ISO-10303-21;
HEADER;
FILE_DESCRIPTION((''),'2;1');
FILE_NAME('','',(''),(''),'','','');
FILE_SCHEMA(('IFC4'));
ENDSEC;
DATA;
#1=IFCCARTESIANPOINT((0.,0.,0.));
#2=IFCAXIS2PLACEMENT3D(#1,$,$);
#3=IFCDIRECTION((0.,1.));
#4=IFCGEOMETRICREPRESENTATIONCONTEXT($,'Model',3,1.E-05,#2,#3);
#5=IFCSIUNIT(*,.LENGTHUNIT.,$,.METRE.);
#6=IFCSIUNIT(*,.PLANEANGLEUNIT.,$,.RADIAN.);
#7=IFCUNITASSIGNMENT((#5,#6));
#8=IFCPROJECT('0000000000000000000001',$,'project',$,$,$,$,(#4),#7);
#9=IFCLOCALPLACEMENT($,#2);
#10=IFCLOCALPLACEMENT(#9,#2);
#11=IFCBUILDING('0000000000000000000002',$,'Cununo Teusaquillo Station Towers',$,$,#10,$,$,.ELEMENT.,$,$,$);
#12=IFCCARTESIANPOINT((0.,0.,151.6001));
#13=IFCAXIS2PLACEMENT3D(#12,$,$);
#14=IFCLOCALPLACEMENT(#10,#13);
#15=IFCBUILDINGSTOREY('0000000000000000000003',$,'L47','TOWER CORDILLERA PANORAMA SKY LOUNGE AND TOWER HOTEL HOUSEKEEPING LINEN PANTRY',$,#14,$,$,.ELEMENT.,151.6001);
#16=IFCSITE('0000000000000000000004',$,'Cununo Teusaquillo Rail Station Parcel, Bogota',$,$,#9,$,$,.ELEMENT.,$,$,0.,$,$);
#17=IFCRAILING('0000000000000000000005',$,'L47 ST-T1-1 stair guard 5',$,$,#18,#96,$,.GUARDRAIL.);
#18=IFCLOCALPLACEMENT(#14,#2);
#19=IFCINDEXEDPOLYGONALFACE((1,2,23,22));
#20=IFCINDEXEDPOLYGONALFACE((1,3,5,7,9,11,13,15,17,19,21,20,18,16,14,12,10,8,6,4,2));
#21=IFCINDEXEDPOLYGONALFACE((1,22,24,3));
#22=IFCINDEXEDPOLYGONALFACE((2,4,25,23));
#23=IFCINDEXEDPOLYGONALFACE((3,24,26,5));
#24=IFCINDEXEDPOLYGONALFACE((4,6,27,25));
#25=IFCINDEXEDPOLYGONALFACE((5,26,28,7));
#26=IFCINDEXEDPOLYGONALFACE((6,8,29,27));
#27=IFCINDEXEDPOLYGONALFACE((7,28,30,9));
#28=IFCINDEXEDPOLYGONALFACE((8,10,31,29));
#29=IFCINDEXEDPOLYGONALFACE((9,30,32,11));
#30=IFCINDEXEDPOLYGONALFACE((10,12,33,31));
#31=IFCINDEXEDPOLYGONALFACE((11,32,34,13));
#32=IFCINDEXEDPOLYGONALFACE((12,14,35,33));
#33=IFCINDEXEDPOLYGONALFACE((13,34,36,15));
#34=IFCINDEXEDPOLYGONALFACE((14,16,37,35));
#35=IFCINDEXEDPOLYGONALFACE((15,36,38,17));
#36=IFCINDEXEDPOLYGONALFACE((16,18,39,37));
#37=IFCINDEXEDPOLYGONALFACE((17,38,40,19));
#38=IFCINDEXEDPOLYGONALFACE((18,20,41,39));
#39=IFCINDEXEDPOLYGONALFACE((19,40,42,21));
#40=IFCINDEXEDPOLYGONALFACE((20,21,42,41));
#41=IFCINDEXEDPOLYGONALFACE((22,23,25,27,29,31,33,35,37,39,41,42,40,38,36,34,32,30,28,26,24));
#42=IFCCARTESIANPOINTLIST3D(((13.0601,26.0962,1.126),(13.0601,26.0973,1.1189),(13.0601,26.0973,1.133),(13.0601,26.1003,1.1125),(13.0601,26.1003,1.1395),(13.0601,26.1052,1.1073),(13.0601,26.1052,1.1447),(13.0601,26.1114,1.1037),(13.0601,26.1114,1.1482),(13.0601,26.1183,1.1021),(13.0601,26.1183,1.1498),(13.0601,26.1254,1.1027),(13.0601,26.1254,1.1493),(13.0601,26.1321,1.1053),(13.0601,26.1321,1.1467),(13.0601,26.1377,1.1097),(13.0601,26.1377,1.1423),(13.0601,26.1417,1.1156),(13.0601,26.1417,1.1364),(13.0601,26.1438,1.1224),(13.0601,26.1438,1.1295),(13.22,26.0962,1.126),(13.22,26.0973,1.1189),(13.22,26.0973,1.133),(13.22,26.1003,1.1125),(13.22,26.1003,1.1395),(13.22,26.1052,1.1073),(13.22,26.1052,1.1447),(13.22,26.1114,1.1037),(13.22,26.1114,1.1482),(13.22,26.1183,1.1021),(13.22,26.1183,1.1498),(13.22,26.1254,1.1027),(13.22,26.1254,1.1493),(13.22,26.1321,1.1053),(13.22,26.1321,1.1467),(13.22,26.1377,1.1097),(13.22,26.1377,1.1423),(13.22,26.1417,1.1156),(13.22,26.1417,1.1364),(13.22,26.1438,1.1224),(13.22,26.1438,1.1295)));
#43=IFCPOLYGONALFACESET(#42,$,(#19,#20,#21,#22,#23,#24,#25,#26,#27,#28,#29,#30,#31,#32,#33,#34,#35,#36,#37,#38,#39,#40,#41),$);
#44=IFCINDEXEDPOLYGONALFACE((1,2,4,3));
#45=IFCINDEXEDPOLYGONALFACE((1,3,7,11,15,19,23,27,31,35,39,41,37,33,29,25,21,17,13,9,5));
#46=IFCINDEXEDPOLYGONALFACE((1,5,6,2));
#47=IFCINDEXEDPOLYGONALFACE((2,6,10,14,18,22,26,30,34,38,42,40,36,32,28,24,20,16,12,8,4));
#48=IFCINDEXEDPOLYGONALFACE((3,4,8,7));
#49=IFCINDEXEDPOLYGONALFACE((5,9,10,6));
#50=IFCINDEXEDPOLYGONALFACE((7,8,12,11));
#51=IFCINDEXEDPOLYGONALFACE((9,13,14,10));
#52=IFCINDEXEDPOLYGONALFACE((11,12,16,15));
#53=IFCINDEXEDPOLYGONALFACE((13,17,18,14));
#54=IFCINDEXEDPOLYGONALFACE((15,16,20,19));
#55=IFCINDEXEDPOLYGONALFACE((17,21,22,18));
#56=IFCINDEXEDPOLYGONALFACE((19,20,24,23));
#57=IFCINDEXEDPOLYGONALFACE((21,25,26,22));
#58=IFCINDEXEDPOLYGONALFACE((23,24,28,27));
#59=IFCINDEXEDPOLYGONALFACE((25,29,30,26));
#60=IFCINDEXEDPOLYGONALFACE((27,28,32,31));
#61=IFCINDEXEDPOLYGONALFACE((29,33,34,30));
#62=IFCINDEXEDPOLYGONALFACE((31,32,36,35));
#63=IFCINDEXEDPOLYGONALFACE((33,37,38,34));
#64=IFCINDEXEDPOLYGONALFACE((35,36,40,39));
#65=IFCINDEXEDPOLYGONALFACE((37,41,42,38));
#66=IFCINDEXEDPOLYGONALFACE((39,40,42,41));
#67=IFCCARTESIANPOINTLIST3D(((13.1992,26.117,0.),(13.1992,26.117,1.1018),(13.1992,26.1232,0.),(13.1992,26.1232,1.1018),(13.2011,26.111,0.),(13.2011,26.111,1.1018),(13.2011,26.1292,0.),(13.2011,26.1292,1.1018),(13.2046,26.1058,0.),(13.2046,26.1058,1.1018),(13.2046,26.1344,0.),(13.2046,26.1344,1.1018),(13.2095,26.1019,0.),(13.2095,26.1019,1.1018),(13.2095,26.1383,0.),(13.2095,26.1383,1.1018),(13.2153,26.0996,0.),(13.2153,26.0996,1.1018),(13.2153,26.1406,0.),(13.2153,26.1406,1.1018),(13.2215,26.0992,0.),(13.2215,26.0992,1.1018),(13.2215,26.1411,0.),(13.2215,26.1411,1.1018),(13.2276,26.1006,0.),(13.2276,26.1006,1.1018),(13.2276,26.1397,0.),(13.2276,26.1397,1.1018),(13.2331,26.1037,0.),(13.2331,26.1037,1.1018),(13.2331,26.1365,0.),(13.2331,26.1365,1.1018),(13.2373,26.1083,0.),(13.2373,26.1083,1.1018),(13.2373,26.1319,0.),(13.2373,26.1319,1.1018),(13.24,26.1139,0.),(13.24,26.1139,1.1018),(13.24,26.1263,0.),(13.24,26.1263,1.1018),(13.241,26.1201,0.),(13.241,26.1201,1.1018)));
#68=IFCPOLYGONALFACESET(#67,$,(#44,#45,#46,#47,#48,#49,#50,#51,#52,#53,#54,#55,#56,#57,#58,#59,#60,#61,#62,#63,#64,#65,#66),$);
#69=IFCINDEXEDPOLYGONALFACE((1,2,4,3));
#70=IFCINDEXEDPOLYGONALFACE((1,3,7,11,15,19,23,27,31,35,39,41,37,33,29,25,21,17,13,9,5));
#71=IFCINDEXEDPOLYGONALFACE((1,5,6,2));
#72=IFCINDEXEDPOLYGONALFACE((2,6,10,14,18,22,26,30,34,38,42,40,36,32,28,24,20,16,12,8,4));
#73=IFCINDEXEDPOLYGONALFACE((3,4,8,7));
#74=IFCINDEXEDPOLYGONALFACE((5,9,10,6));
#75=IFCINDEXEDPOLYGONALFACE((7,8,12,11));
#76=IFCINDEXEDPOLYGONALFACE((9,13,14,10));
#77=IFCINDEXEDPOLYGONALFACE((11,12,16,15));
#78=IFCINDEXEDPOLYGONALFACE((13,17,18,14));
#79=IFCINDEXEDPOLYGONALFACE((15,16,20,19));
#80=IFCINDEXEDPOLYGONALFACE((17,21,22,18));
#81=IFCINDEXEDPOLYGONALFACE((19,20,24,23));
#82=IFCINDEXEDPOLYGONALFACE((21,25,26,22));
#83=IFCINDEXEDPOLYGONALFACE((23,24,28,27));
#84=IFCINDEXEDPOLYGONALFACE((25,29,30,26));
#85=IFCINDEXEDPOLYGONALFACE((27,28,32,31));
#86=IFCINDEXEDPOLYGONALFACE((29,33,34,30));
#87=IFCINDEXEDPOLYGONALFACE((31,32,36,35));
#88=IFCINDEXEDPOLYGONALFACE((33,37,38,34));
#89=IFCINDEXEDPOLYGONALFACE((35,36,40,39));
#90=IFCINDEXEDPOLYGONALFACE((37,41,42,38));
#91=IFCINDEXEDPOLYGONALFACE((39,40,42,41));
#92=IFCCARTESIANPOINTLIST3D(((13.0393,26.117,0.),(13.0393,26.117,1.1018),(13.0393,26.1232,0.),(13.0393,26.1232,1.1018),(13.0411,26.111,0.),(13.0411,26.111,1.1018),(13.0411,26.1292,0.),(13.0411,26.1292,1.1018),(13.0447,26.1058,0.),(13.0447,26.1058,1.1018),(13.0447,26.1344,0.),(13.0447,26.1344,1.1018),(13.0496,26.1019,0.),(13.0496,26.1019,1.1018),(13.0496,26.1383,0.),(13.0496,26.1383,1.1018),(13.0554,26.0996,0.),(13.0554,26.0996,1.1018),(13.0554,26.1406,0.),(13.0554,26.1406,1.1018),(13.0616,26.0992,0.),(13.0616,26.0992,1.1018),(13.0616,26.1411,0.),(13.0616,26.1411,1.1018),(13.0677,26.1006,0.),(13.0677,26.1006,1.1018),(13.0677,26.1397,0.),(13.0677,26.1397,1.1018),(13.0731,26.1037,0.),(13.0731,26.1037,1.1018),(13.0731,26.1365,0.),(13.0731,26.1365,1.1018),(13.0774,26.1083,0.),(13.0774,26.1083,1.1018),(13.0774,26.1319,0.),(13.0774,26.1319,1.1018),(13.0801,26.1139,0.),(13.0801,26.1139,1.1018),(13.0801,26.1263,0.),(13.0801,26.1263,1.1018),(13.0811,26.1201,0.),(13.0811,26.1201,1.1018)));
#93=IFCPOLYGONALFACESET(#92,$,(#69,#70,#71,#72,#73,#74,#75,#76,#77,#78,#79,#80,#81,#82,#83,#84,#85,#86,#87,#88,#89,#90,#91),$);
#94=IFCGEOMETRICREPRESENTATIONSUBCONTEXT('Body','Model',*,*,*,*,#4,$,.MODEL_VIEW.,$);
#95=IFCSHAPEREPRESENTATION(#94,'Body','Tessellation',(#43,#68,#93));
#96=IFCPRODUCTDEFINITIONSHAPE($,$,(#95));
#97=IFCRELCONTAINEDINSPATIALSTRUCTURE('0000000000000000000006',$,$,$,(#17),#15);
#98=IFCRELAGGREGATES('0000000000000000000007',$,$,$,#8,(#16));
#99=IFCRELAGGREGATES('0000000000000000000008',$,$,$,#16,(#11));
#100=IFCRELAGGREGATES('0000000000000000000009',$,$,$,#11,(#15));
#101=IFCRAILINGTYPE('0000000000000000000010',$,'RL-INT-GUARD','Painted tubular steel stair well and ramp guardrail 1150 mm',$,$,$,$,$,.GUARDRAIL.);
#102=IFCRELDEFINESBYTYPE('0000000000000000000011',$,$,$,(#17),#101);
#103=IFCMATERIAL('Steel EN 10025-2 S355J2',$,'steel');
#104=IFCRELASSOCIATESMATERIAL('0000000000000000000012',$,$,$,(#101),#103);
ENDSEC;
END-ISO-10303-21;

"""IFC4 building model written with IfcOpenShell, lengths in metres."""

from ifc_helpers import new_model, si_unit, direction, frame, origin, origin_2d, place, context, subcontext, project, spatial, circle, extrude, material, type_object, element, save


model = new_model("IFC4")

# Units and contexts
model_context = context("Model", 3, precision=1e-05, world=origin(), true_north=direction((0.0, 1.0)))
body_context = subcontext(model_context, "Body", "Model", "MODEL_VIEW")
ifc_project = project(units=[si_unit("LENGTHUNIT", "METRE"), si_unit("PLANEANGLEUNIT", "RADIAN")], contexts=[model_context])

# Site, building, storey
site_placement = place(None, origin())
site = spatial("IfcSite", under=ifc_project, at=site_placement, Name="Cununo Teusaquillo Rail Station Parcel, Bogota", CompositionType="ELEMENT", RefElevation=0.0)
building_placement = place(site_placement, origin())
building = spatial("IfcBuilding", under=site, at=building_placement, Name="Cununo Teusaquillo Station Towers", CompositionType="ELEMENT")
storey_placement = place(building_placement, frame((0.0, 0.0, 151.6001)))
storey = spatial("IfcBuildingStorey", under=building, at=storey_placement, Name="L47", Description="TOWER CORDILLERA PANORAMA SKY LOUNGE AND TOWER HOTEL HOUSEKEEPING LINEN PANTRY", CompositionType="ELEMENT", Elevation=151.6001)

# Railing
ifc_material_1 = material(Name="Steel EN 10025-2 S355J2", Category="steel")
railing_type_1 = type_object("IfcRailingType", Name="RL-INT-GUARD", Description="Painted tubular steel stair well and ramp guardrail 1150 mm", PredefinedType="GUARDRAIL", material=ifc_material_1)
railing_1_placement = place(storey_placement, frame((13.22, 26.1201, 0.0)))
element("IfcRailing", 1, at=railing_1_placement, inside=storey, type_object=railing_type_1, Name="L47 ST-T1-1 stair guard 5", PredefinedType="GUARDRAIL", context=body_context, shape_type="SweptSolid", body=[
    extrude(circle(Radius=0.0239, at=origin_2d()), frame((0.0, 0.0, 1.126), z_axis=(-1.0, 0.0, 0.0), x_axis=(0.0, -1.0, 0.0)), (0.0, 0.0, 1.0), 0.1599),
    extrude(circle(Radius=0.021, at=origin_2d()), origin(), (0.0, 0.0, 1.0), 1.1018),
    extrude(circle(Radius=0.021, at=origin_2d()), frame((-0.1599, 0.0, 0.0)), (0.0, 0.0, 1.0), 1.1018),
])

save(model, "model.ifc")
